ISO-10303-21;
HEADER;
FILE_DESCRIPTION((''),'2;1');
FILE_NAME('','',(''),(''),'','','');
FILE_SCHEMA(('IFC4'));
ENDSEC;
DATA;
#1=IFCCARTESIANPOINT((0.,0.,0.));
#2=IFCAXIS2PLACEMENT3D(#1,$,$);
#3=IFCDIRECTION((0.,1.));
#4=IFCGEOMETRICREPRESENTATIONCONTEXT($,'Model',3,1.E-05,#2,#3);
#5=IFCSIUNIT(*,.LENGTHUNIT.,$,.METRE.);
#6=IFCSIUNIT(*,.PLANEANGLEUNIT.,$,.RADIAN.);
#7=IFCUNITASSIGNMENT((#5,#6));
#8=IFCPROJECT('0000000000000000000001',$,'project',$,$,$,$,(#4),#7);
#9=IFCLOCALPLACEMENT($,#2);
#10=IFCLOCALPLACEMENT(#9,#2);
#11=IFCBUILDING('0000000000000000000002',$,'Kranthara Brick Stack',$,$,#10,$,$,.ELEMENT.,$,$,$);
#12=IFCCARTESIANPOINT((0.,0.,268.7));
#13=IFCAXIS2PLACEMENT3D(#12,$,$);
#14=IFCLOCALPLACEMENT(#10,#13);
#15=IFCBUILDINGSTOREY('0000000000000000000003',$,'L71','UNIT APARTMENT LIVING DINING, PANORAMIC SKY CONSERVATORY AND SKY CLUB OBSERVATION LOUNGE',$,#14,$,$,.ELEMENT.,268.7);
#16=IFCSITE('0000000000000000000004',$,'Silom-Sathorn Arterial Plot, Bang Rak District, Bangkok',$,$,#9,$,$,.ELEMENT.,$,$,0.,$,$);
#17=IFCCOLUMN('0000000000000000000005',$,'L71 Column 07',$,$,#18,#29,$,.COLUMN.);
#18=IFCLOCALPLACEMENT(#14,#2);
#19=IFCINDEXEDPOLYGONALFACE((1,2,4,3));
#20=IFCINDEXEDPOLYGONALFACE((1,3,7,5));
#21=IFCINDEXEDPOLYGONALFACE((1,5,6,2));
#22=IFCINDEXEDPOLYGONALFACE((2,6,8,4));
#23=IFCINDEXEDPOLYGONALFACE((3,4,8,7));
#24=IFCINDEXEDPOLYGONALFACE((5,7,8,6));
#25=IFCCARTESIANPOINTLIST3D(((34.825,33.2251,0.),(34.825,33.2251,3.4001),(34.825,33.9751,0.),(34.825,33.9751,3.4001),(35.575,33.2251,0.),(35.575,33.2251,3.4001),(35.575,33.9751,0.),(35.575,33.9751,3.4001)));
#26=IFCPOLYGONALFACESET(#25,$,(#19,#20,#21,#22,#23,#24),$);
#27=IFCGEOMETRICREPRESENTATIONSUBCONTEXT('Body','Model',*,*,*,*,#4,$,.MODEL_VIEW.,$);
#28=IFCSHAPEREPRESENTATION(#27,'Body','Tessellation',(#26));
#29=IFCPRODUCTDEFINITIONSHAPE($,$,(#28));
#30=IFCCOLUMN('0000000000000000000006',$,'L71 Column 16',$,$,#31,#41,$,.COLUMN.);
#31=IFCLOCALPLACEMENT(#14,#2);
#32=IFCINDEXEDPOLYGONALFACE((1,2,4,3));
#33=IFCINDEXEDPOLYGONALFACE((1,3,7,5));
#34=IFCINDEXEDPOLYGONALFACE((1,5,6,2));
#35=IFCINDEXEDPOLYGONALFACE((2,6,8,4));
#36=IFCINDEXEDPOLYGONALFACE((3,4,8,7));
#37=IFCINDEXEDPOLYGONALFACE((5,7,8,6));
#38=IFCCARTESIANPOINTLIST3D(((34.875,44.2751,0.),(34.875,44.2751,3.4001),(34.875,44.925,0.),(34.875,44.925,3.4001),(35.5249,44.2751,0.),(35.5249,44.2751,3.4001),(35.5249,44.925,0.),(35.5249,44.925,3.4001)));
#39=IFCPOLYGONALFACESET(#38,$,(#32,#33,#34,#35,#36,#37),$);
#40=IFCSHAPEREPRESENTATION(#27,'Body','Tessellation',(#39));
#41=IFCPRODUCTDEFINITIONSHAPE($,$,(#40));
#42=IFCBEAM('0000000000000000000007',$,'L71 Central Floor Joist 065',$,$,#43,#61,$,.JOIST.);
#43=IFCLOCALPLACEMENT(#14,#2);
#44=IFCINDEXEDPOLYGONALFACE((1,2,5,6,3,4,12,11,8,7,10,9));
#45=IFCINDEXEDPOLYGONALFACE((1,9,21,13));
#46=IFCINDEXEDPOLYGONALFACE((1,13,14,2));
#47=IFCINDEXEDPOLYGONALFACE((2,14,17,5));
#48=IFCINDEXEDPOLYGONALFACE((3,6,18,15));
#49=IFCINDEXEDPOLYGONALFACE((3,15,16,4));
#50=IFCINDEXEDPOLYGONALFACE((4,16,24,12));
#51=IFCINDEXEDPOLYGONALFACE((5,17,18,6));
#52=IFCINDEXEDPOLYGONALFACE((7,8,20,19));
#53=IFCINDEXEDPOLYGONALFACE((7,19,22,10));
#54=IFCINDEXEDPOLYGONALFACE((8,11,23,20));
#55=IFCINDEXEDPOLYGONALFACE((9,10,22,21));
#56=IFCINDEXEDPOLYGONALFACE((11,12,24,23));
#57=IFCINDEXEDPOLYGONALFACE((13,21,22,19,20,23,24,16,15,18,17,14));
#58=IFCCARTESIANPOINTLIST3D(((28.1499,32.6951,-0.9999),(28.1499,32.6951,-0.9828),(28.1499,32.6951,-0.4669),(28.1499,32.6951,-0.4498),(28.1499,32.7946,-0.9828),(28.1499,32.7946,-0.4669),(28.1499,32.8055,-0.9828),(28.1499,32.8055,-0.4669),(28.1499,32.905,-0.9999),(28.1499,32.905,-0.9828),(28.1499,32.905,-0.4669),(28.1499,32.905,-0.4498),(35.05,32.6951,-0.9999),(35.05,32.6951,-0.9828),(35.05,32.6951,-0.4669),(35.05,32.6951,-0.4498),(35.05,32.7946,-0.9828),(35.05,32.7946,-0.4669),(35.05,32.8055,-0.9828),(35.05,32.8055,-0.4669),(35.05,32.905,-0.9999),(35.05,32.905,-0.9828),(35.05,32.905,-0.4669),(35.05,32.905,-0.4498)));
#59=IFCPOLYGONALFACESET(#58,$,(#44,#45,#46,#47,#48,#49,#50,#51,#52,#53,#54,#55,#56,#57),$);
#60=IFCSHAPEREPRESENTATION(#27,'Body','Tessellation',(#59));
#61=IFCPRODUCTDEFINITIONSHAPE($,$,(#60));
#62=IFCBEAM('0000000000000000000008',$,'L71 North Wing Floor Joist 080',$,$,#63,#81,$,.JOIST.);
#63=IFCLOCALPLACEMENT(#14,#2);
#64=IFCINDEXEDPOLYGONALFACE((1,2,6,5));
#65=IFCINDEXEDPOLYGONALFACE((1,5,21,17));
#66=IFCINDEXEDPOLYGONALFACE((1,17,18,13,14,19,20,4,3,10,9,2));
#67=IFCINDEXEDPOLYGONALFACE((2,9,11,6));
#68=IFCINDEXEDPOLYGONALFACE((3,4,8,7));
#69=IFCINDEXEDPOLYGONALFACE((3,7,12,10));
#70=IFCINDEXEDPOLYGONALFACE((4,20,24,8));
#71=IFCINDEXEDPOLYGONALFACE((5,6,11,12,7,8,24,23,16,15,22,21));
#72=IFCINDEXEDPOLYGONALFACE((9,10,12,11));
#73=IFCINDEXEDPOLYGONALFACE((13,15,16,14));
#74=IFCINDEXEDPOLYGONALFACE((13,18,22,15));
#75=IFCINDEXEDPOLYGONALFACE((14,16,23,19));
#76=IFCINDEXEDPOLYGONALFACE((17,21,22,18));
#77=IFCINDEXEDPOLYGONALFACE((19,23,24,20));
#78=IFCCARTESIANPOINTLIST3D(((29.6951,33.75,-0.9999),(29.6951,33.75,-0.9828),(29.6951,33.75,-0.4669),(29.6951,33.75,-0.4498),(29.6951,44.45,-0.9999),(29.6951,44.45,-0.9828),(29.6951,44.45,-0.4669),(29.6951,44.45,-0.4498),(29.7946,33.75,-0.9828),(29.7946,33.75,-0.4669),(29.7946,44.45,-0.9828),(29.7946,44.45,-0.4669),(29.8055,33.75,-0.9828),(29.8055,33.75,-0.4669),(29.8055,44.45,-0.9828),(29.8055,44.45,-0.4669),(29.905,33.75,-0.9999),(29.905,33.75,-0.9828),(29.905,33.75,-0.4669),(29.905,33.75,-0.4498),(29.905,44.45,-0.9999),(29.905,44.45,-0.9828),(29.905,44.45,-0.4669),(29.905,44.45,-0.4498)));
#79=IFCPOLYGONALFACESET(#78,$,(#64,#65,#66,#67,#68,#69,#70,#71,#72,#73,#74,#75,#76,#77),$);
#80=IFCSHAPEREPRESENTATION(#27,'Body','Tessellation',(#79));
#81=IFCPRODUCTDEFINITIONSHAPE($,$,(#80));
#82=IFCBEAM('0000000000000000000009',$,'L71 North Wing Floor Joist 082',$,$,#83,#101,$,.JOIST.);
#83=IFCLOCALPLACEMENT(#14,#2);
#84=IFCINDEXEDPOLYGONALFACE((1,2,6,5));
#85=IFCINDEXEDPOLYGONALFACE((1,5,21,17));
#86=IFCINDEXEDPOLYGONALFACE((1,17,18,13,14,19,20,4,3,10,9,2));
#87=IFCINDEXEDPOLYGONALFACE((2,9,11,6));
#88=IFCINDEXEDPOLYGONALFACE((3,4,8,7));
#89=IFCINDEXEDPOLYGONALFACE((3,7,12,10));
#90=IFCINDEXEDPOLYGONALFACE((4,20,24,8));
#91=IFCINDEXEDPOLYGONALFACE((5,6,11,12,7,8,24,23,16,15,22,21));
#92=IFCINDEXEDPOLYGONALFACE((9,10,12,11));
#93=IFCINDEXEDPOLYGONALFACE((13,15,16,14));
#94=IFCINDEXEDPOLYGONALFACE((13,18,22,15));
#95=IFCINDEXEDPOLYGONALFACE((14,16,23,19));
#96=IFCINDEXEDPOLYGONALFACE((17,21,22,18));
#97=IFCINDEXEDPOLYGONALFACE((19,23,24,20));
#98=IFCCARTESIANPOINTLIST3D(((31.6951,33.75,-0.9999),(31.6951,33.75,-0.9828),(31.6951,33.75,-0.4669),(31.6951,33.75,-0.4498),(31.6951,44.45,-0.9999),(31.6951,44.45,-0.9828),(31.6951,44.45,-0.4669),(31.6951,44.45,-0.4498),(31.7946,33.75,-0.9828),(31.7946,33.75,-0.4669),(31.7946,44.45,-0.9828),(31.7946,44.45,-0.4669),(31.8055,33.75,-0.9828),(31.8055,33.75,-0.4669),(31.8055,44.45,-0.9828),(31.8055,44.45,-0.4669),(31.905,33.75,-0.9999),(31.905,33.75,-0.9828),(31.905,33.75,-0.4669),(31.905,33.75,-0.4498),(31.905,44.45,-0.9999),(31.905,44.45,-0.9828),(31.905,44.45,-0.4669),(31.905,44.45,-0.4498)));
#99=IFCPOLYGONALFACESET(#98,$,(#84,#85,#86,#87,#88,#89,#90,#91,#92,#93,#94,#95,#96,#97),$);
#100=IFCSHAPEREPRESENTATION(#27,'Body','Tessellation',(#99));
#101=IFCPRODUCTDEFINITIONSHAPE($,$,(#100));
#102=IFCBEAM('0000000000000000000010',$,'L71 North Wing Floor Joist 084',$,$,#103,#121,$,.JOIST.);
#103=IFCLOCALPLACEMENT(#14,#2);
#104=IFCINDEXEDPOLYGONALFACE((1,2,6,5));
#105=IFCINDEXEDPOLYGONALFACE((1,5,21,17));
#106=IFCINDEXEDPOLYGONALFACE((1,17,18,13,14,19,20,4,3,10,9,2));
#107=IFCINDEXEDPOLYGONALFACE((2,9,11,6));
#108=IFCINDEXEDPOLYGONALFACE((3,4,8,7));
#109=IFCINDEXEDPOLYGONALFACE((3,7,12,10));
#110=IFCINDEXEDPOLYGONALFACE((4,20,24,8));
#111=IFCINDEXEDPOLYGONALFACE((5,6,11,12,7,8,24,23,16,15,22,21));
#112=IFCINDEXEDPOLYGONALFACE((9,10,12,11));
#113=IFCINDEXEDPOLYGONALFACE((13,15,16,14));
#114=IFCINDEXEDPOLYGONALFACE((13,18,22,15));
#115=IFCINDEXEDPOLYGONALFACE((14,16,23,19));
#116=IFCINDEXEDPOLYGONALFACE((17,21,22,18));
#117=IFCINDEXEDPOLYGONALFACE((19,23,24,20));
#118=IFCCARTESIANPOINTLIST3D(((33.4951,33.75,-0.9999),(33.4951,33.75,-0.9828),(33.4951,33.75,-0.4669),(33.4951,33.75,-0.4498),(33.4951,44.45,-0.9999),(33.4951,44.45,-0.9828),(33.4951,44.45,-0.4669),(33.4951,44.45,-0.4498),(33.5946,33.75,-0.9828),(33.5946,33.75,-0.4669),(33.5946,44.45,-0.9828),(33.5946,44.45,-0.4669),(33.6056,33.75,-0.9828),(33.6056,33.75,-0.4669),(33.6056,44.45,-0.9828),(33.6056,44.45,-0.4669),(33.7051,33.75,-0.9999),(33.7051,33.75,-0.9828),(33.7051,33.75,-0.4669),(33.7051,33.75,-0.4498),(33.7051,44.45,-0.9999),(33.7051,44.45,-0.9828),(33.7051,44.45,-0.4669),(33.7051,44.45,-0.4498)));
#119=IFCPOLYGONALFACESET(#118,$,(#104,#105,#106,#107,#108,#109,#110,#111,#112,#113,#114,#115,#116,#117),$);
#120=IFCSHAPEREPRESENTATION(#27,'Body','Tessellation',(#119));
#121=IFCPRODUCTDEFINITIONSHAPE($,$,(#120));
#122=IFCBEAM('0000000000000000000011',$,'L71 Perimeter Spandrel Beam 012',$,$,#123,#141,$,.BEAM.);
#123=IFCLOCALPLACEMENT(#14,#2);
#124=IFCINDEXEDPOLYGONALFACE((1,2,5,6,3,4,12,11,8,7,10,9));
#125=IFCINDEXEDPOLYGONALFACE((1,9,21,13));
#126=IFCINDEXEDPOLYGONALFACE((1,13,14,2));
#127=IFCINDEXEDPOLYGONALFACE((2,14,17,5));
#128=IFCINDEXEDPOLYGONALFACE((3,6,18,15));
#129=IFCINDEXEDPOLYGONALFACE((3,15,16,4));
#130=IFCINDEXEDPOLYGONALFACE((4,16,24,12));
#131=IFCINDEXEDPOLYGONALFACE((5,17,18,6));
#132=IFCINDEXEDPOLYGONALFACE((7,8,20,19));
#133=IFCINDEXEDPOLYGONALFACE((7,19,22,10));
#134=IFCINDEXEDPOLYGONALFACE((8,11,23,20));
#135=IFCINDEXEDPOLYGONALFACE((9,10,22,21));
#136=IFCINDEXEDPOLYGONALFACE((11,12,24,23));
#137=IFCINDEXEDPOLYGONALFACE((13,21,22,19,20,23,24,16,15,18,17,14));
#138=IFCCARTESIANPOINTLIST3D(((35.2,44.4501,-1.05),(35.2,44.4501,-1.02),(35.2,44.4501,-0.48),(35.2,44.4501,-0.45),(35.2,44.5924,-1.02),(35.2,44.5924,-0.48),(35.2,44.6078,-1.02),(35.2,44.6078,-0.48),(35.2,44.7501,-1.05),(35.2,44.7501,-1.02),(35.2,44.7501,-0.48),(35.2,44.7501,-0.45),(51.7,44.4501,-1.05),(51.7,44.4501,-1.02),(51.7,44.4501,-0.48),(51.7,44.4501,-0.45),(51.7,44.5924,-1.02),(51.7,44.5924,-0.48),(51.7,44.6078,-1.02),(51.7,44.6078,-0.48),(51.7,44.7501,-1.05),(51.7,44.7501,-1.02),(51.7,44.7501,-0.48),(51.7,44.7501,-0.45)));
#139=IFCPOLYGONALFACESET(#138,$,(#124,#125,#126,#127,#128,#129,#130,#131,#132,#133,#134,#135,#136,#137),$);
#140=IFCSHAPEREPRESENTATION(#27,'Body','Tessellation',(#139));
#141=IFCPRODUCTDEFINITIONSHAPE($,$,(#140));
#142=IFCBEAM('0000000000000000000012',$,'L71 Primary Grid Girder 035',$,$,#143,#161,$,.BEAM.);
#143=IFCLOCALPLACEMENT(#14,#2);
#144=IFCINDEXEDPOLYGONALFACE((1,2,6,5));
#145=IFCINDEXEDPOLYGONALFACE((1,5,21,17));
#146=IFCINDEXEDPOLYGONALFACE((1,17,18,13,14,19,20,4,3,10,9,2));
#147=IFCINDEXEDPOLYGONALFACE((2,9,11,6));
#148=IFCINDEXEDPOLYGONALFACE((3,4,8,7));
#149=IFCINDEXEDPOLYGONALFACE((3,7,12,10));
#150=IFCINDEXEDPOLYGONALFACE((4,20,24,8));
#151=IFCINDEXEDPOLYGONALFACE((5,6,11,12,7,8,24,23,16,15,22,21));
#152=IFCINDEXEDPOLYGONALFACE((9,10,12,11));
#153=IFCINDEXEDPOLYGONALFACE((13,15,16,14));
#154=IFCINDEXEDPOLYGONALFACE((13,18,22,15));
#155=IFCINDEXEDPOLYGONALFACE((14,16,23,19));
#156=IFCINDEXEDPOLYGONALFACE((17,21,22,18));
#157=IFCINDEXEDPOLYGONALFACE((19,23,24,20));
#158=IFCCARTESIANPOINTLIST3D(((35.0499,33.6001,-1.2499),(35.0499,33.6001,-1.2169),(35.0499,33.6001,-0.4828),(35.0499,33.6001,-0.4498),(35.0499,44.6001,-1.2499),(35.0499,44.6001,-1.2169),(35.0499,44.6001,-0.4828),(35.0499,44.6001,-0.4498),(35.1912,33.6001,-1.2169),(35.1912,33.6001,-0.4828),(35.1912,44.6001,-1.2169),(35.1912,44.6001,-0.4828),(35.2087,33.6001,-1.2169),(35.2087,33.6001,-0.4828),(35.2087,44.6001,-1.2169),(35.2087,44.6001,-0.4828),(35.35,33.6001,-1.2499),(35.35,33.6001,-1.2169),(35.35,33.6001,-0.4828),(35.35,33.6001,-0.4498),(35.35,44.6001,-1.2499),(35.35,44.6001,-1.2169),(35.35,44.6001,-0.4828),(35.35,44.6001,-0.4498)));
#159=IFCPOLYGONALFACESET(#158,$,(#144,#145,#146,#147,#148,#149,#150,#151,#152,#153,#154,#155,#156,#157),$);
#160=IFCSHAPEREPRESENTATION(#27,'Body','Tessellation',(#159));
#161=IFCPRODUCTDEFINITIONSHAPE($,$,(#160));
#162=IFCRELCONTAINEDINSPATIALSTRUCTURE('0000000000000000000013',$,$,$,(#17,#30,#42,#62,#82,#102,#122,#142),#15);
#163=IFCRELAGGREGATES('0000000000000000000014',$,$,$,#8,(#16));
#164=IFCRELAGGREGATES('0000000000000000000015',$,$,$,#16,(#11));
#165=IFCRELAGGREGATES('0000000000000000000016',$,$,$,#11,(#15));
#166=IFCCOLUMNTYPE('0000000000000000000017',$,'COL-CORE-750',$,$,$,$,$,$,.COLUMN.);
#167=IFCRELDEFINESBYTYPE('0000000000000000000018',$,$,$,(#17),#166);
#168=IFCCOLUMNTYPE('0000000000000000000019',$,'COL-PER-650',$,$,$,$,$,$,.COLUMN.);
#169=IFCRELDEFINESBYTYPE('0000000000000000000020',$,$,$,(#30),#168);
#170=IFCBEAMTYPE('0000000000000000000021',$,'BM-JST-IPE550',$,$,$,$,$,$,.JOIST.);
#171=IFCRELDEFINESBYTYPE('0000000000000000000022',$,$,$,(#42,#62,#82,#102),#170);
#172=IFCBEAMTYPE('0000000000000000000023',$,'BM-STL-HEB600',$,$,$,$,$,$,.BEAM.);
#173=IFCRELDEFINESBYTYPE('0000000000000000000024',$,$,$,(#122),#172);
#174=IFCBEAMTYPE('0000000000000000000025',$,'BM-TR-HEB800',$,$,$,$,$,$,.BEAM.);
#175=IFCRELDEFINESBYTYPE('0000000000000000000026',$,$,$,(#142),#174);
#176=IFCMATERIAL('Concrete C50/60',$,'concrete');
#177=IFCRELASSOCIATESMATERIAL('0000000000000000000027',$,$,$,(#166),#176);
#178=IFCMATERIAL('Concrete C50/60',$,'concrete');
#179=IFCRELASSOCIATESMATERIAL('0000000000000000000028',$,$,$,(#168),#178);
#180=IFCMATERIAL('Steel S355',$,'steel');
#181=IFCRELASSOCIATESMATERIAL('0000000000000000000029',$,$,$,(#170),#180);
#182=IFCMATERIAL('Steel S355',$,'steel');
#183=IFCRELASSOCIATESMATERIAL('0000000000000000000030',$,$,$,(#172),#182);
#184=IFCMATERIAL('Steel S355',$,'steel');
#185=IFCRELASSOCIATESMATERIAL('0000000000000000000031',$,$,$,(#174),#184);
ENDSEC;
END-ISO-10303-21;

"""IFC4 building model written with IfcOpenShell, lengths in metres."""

from ifc_helpers import new_model, si_unit, direction, frame, origin, origin_2d, place, context, subcontext, project, spatial, rectangle, i_section, extrude, material, material_profile, profile_set, type_object, element, save


model = new_model("IFC4")

# Units and contexts
model_context = context("Model", 3, precision=1e-05, world=origin(), true_north=direction((0.0, 1.0)))
body_context = subcontext(model_context, "Body", "Model", "MODEL_VIEW")
ifc_project = project(units=[si_unit("LENGTHUNIT", "METRE"), si_unit("PLANEANGLEUNIT", "RADIAN")], contexts=[model_context])

# Site, building, storey
site_placement = place(None, origin())
site = spatial("IfcSite", under=ifc_project, at=site_placement, Name="Silom-Sathorn Arterial Plot, Bang Rak District, Bangkok", CompositionType="ELEMENT", RefElevation=0.0)
building_placement = place(site_placement, origin())
building = spatial("IfcBuilding", under=site, at=building_placement, Name="Kranthara Brick Stack", CompositionType="ELEMENT")
storey_placement = place(building_placement, frame((0.0, 0.0, 268.7)))
storey = spatial("IfcBuildingStorey", under=building, at=storey_placement, Name="L71", Description="UNIT APARTMENT LIVING DINING, PANORAMIC SKY CONSERVATORY AND SKY CLUB OBSERVATION LOUNGE", CompositionType="ELEMENT", Elevation=268.7)

# Columns
ifc_material_1 = material(Name="Concrete C50/60", Category="concrete")
ifc_material_profile_1 = material_profile(ifc_material_1, rectangle(XDim=0.75, YDim=0.75, at=origin_2d()), Name="RC 750x750")
ifc_profile_set_1 = profile_set([ifc_material_profile_1], Name="Concrete C50/60")
column_type_1 = type_object("IfcColumnType", Name="COL-CORE-750", PredefinedType="COLUMN", material=ifc_profile_set_1)
column_1_placement = place(storey_placement, frame((35.2, 33.6001, 0.0), z_axis=(0.0, 0.0, 1.0), x_axis=(1.0, 0.0, 0.0)))
element("IfcColumn", 1, at=column_1_placement, inside=storey, type_object=column_type_1, Name="L71 Column 07", PredefinedType="COLUMN", context=body_context, shape_type="SweptSolid", body=[
    extrude(rectangle(XDim=0.75, YDim=0.75, at=origin_2d()), origin(), (0.0, 0.0, 1.0), 3.4001),
])
ifc_material_2 = material(Name="Concrete C50/60", Category="concrete")
ifc_material_profile_2 = material_profile(ifc_material_2, rectangle(XDim=0.6499, YDim=0.6499, at=origin_2d()), Name="RC 650x650")
ifc_profile_set_2 = profile_set([ifc_material_profile_2], Name="Concrete C50/60")
column_type_2 = type_object("IfcColumnType", Name="COL-PER-650", PredefinedType="COLUMN", material=ifc_profile_set_2)
column_2_placement = place(storey_placement, frame((35.2, 44.6001, 0.0), z_axis=(0.0, 0.0, 1.0), x_axis=(1.0, 0.0, 0.0)))
element("IfcColumn", 2, at=column_2_placement, inside=storey, type_object=column_type_2, Name="L71 Column 16", PredefinedType="COLUMN", context=body_context, shape_type="SweptSolid", body=[
    extrude(rectangle(XDim=0.6499, YDim=0.6499, at=origin_2d()), origin(), (0.0, 0.0, 1.0), 3.4001),
])

# Beams
ifc_material_3 = material(Name="Steel S355", Category="steel")
ifc_material_profile_3 = material_profile(ifc_material_3, i_section(OverallWidth=0.21, OverallDepth=0.55, WebThickness=0.011, FlangeThickness=0.0171, at=origin_2d()), Name="IPE 550")
ifc_profile_set_3 = profile_set([ifc_material_profile_3], Name="Steel S355")
beam_type_1 = type_object("IfcBeamType", Name="BM-JST-IPE550", PredefinedType="JOIST", material=ifc_profile_set_3)
beam_1_placement = place(storey_placement, frame((28.1499, 32.8, -0.7249), z_axis=(1.0, 0.0, 0.0), x_axis=(0.0, 1.0, 0.0)))
element("IfcBeam", 3, at=beam_1_placement, inside=storey, type_object=beam_type_1, Name="L71 Central Floor Joist 065", PredefinedType="JOIST", context=body_context, shape_type="SweptSolid", body=[
    extrude(i_section(OverallWidth=0.21, OverallDepth=0.55, WebThickness=0.011, FlangeThickness=0.0171, at=origin_2d()), origin(), (0.0, 0.0, 1.0), 6.9001),
])
for number, where, z_axis, x_axis, name in (
    (4, (29.8, 33.75, -0.7249), (0.0, 1.0, 0.0), (-1.0, 0.0, 0.0), "L71 North Wing Floor Joist 080"),
    (5, (31.8, 33.75, -0.7249), (0.0, 1.0, 0.0), (-1.0, 0.0, 0.0), "L71 North Wing Floor Joist 082"),
    (6, (33.6001, 33.75, -0.7249), (0.0, 1.0, 0.0), (-1.0, 0.0, 0.0), "L71 North Wing Floor Joist 084"),
):
    element("IfcBeam", number, at=place(storey_placement, frame(where, z_axis=z_axis, x_axis=x_axis)), inside=storey, type_object=beam_type_1, Name=name, PredefinedType="JOIST", context=body_context, shape_type="SweptSolid", body=[
        extrude(i_section(OverallWidth=0.21, OverallDepth=0.55, WebThickness=0.011, FlangeThickness=0.0171, at=origin_2d()), origin(), (0.0, 0.0, 1.0), 10.7),
    ])
ifc_material_4 = material(Name="Steel S355", Category="steel")
ifc_material_profile_4 = material_profile(ifc_material_4, i_section(OverallWidth=0.3, OverallDepth=0.6001, WebThickness=0.0154, FlangeThickness=0.03, at=origin_2d()), Name="HEB 600")
ifc_profile_set_4 = profile_set([ifc_material_profile_4], Name="Steel S355")
beam_type_2 = type_object("IfcBeamType", Name="BM-STL-HEB600", PredefinedType="BEAM", material=ifc_profile_set_4)
beam_2_placement = place(storey_placement, frame((35.2, 44.6001, -0.75), z_axis=(1.0, 0.0, 0.0), x_axis=(0.0, 1.0, 0.0)))
element("IfcBeam", 7, at=beam_2_placement, inside=storey, type_object=beam_type_2, Name="L71 Perimeter Spandrel Beam 012", PredefinedType="BEAM", context=body_context, shape_type="SweptSolid", body=[
    extrude(i_section(OverallWidth=0.3, OverallDepth=0.6001, WebThickness=0.0154, FlangeThickness=0.03, at=origin_2d()), origin(), (0.0, 0.0, 1.0), 16.5),
])
ifc_material_5 = material(Name="Steel S355", Category="steel")
ifc_material_profile_5 = material_profile(ifc_material_5, i_section(OverallWidth=0.3, OverallDepth=0.8, WebThickness=0.0176, FlangeThickness=0.033, at=origin_2d()), Name="HEB 800")
ifc_profile_set_5 = profile_set([ifc_material_profile_5], Name="Steel S355")
beam_type_3 = type_object("IfcBeamType", Name="BM-TR-HEB800", PredefinedType="BEAM", material=ifc_profile_set_5)
beam_3_placement = place(storey_placement, frame((35.2, 33.6001, -0.8499), z_axis=(0.0, 1.0, 0.0), x_axis=(-1.0, 0.0, 0.0)))
element("IfcBeam", 8, at=beam_3_placement, inside=storey, type_object=beam_type_3, Name="L71 Primary Grid Girder 035", PredefinedType="BEAM", context=body_context, shape_type="SweptSolid", body=[
    extrude(i_section(OverallWidth=0.3, OverallDepth=0.8, WebThickness=0.0176, FlangeThickness=0.033, at=origin_2d()), origin(), (0.0, 0.0, 1.0), 11.0),
])

save(model, "model.ifc")
